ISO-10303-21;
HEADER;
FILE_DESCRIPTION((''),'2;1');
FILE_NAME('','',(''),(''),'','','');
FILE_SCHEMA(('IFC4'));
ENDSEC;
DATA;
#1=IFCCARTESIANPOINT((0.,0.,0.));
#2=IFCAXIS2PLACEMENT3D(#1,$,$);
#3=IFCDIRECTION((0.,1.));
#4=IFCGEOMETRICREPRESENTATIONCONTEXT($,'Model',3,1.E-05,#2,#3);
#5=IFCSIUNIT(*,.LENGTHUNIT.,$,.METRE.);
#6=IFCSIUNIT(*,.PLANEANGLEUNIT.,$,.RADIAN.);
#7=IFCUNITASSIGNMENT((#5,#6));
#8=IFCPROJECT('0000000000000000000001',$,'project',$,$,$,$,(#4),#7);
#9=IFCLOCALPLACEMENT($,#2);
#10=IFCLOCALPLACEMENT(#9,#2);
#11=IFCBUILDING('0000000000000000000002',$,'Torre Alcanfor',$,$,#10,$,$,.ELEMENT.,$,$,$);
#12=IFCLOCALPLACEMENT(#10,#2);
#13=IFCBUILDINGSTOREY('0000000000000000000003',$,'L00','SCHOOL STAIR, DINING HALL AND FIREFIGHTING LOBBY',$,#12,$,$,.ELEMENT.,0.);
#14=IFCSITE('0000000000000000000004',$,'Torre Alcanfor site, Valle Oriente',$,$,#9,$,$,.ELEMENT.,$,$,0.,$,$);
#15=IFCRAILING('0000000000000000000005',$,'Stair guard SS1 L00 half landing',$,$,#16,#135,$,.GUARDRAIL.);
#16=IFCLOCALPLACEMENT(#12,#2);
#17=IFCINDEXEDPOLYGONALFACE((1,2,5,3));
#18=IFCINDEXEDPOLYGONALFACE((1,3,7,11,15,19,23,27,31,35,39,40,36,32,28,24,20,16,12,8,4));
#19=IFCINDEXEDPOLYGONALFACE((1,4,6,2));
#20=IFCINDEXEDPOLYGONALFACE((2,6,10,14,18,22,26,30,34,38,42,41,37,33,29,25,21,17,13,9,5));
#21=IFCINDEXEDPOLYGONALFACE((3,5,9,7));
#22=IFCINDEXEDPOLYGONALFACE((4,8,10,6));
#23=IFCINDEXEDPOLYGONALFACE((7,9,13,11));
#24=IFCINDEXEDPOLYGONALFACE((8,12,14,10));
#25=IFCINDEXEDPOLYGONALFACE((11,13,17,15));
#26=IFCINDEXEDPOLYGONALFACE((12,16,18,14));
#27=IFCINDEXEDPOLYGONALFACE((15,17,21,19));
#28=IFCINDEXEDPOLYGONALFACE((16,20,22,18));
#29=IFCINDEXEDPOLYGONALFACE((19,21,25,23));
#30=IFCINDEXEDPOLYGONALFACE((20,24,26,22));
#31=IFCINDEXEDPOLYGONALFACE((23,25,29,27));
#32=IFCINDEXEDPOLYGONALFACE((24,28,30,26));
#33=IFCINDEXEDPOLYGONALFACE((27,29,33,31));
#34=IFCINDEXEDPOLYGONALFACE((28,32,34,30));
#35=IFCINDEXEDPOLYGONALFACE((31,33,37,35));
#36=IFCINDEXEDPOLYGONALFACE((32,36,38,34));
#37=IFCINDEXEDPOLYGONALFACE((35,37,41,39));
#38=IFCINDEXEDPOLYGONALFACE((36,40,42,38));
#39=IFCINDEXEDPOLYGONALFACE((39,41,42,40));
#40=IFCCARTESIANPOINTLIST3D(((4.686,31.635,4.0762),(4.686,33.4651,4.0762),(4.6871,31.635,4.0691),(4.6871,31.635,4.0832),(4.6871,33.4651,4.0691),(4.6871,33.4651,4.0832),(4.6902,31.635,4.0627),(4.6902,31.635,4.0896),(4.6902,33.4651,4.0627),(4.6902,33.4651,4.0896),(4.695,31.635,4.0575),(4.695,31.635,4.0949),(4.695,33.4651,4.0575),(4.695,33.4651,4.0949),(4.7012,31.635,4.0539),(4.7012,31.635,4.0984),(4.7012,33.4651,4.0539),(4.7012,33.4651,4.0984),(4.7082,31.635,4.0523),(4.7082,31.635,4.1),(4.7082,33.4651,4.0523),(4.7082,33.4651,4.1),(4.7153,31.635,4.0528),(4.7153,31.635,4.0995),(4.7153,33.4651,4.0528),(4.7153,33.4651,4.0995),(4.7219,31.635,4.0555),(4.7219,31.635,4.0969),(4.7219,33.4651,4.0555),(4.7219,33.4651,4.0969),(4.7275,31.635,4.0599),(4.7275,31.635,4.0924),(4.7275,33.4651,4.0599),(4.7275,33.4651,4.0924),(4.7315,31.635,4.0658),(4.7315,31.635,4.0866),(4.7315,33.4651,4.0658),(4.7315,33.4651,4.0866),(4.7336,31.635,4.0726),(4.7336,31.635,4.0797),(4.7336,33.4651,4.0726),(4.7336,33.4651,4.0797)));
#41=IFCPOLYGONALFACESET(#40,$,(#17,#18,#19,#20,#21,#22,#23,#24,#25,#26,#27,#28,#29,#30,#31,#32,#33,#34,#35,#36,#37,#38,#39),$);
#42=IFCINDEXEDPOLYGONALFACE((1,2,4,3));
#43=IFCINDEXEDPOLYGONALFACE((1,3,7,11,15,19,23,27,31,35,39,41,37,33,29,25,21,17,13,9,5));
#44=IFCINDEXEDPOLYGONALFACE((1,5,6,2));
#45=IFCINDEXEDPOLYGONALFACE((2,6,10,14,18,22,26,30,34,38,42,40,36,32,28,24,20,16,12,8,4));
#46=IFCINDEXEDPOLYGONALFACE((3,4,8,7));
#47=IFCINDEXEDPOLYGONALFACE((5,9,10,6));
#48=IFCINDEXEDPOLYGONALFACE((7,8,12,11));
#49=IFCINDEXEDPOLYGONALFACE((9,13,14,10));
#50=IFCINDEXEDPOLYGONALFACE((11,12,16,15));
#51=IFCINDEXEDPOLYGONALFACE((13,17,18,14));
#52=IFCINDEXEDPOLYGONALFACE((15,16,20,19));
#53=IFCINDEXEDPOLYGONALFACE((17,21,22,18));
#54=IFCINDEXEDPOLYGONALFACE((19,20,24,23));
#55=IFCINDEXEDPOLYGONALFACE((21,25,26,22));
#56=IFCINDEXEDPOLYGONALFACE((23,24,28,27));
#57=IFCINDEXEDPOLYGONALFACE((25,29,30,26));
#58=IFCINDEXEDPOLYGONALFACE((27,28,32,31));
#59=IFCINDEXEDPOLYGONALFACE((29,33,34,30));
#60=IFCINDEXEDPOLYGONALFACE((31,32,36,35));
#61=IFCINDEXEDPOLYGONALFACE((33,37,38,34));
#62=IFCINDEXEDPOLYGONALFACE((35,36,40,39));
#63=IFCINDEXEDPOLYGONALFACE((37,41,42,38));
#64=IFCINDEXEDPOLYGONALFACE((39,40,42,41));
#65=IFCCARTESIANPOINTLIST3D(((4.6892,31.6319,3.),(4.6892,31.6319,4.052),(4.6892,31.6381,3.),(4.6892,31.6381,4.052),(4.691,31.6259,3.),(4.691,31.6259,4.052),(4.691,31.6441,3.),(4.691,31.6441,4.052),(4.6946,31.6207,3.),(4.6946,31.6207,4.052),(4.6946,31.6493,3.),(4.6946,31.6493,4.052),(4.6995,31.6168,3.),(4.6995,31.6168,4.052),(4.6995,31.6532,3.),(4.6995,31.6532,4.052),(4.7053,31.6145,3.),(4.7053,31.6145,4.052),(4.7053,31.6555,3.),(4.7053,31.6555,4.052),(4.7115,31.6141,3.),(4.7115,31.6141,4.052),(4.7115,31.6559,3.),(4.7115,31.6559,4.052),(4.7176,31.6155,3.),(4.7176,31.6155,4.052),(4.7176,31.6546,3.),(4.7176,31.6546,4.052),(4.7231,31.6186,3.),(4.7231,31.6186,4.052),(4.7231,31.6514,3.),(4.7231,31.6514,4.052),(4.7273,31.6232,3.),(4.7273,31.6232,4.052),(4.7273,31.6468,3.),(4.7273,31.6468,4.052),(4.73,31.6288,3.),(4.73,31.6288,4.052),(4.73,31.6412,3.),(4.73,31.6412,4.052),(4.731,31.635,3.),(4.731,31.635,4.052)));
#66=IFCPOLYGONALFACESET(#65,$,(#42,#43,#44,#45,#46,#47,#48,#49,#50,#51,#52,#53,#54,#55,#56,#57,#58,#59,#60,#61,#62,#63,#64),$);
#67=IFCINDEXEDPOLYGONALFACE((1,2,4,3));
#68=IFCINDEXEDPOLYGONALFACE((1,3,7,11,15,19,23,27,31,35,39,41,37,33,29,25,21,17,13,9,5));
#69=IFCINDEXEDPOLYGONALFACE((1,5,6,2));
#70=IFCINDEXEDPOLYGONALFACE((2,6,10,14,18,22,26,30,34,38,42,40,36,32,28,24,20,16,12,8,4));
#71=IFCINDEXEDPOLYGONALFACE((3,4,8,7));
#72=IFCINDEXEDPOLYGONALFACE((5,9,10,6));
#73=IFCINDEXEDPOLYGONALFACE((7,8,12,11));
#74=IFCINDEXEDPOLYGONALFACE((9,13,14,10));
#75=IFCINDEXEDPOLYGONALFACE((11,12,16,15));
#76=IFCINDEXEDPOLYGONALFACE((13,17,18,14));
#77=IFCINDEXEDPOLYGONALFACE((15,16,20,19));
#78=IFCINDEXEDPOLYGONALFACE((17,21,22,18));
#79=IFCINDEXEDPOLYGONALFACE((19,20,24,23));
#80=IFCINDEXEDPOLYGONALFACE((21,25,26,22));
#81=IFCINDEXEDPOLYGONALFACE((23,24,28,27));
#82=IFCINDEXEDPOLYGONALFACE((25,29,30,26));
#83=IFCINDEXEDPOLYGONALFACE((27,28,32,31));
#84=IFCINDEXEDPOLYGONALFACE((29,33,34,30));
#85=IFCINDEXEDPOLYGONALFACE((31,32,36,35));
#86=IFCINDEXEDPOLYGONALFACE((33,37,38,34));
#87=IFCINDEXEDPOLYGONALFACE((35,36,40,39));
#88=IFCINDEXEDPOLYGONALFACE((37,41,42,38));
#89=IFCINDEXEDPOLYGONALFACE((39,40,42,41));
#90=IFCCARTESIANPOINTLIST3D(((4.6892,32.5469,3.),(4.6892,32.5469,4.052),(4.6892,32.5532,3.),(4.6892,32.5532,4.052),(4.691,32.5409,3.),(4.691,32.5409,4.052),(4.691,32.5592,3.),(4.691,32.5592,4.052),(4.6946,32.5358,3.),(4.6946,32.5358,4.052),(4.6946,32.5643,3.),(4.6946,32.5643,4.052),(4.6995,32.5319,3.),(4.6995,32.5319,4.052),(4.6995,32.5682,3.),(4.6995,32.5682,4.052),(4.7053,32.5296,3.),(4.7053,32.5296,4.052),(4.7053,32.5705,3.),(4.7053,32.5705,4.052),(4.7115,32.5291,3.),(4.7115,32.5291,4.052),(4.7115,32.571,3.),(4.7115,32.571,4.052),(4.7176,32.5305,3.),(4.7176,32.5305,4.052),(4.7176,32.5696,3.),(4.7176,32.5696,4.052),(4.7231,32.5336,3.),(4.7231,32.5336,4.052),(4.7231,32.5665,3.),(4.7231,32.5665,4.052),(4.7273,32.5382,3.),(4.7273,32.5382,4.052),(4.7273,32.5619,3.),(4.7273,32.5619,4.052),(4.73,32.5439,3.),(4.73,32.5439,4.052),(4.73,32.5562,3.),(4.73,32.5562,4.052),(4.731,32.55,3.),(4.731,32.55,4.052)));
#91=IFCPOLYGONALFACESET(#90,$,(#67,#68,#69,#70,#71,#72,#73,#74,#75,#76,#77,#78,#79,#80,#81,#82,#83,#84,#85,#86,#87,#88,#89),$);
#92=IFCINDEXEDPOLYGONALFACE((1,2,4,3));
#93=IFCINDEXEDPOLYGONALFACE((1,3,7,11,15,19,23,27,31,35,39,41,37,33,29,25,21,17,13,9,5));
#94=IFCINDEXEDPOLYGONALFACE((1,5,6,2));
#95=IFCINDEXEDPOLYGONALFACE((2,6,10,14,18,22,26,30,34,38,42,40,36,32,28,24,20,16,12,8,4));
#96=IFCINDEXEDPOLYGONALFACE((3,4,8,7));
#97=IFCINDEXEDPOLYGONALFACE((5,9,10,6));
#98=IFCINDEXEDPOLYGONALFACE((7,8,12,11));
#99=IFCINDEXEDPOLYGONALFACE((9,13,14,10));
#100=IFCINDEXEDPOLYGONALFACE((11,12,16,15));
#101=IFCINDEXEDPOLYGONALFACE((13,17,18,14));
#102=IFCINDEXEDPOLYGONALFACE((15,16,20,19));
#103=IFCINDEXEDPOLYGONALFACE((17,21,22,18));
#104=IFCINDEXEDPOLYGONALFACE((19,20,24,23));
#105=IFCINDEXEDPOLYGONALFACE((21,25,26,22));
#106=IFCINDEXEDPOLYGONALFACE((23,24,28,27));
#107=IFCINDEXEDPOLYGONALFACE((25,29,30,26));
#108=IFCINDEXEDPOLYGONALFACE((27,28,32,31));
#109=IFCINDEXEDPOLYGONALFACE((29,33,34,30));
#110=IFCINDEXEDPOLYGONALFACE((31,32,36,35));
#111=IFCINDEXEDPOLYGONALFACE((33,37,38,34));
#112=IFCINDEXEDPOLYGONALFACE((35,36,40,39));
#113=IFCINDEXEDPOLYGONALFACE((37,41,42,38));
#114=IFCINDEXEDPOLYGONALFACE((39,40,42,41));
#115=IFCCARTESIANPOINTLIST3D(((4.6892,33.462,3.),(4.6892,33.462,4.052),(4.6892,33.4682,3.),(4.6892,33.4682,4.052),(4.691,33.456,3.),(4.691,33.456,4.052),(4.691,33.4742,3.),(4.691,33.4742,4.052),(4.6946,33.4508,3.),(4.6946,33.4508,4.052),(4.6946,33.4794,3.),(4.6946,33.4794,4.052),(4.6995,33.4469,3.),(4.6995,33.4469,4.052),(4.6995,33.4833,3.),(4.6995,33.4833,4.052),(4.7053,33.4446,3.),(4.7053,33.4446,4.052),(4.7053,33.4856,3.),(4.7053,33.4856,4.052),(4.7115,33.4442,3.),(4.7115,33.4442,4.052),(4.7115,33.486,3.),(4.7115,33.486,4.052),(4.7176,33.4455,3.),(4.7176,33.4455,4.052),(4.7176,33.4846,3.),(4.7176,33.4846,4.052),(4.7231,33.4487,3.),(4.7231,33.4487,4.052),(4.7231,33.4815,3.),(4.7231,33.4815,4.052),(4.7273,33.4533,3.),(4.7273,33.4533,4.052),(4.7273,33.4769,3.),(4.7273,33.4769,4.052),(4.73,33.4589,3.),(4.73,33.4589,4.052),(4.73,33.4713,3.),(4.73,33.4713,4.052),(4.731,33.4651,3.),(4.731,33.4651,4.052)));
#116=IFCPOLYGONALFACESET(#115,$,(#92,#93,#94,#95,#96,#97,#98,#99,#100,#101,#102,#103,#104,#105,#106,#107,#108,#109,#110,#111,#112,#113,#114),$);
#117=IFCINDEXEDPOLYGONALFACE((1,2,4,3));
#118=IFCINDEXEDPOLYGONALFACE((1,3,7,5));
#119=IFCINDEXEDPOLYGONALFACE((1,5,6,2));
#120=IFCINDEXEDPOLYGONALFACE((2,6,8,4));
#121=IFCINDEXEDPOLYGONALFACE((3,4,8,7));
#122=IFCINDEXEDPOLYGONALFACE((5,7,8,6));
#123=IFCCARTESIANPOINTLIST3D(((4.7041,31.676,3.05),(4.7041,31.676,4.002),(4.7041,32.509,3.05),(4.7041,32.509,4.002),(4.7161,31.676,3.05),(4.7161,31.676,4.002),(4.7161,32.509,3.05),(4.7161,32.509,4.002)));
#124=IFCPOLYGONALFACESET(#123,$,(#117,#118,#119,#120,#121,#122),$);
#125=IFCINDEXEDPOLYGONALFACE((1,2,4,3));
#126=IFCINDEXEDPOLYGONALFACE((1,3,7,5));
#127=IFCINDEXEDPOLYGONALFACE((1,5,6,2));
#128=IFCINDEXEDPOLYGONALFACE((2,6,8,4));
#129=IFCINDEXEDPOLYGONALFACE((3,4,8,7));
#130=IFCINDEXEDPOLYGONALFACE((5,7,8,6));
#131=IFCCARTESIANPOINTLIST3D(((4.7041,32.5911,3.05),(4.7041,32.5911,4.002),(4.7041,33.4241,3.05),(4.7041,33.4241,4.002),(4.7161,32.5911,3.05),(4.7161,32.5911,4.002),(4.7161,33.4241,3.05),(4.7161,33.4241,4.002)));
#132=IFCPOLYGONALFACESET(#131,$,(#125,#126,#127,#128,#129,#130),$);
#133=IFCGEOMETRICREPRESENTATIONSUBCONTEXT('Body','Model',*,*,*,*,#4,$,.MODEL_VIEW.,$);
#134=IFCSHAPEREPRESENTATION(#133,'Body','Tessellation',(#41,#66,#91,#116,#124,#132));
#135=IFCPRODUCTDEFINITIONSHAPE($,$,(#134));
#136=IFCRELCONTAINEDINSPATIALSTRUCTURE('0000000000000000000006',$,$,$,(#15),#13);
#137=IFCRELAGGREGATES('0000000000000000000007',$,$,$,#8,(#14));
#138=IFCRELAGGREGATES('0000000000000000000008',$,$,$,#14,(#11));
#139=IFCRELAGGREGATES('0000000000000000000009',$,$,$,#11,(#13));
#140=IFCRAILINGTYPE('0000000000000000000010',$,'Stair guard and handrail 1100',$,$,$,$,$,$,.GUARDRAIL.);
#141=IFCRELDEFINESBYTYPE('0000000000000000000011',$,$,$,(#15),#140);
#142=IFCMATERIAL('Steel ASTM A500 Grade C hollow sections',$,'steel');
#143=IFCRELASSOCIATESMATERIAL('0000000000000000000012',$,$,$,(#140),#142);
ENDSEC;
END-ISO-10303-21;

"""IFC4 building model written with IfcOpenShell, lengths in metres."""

from ifc_helpers import new_model, si_unit, direction, frame, origin, origin_2d, place, context, subcontext, project, spatial, polyline, circle, outline, extrude, material, type_object, element, save


model = new_model("IFC4")

# Units and contexts
model_context = context("Model", 3, precision=1e-05, world=origin(), true_north=direction((0.0, 1.0)))
body_context = subcontext(model_context, "Body", "Model", "MODEL_VIEW")
ifc_project = project(units=[si_unit("LENGTHUNIT", "METRE"), si_unit("PLANEANGLEUNIT", "RADIAN")], contexts=[model_context])

# Site, building, storey
site_placement = place(None, origin())
site = spatial("IfcSite", under=ifc_project, at=site_placement, Name="Torre Alcanfor site, Valle Oriente", CompositionType="ELEMENT", RefElevation=0.0)
building_placement = place(site_placement, origin())
building = spatial("IfcBuilding", under=site, at=building_placement, Name="Torre Alcanfor", CompositionType="ELEMENT")
storey_placement = place(building_placement, origin())
storey = spatial("IfcBuildingStorey", under=building, at=storey_placement, Name="L00", Description="SCHOOL STAIR, DINING HALL AND FIREFIGHTING LOBBY", CompositionType="ELEMENT", Elevation=0.0)

# Railing
ifc_material_1 = material(Name="Steel ASTM A500 Grade C hollow sections", Category="steel")
railing_type_1 = type_object("IfcRailingType", Name="Stair guard and handrail 1100", PredefinedType="GUARDRAIL", material=ifc_material_1)
railing_1_placement = place(storey_placement, frame((4.71, 31.635, 3.0)))
element("IfcRailing", 1, at=railing_1_placement, inside=storey, type_object=railing_type_1, Name="Stair guard SS1 L00 half landing", PredefinedType="GUARDRAIL", context=body_context, shape_type="SweptSolid", body=[
    extrude(circle(Radius=0.0239, at=origin_2d()), frame((0.0, 0.0, 1.0762), z_axis=(0.0, 1.0, 0.0), x_axis=(-1.0, 0.0, 0.0)), (0.0, 0.0, 1.0), 1.8301),
    extrude(circle(Radius=0.021, at=origin_2d()), origin(), (0.0, 0.0, 1.0), 1.052),
    extrude(circle(Radius=0.021, at=origin_2d()), frame((0.0, 0.915, 0.0)), (0.0, 0.0, 1.0), 1.052),
    extrude(circle(Radius=0.021, at=origin_2d()), frame((0.0, 1.8301, 0.0)), (0.0, 0.0, 1.0), 1.052),
    extrude(outline(polyline([(0.041, 0.05), (0.874, 0.05), (0.874, 1.002), (0.041, 1.002), (0.041, 0.05)])), frame((-0.0059, 0.0, 0.0), z_axis=(1.0, 0.0, 0.0), x_axis=(0.0, 1.0, 0.0)), (0.0, 0.0, 1.0), 0.012),
    extrude(outline(polyline([(0.9561, 0.05), (1.7891, 0.05), (1.7891, 1.002), (0.9561, 1.002), (0.9561, 0.05)])), frame((-0.0059, 0.0, 0.0), z_axis=(1.0, 0.0, 0.0), x_axis=(0.0, 1.0, 0.0)), (0.0, 0.0, 1.0), 0.012),
])

save(model, "model.ifc")
